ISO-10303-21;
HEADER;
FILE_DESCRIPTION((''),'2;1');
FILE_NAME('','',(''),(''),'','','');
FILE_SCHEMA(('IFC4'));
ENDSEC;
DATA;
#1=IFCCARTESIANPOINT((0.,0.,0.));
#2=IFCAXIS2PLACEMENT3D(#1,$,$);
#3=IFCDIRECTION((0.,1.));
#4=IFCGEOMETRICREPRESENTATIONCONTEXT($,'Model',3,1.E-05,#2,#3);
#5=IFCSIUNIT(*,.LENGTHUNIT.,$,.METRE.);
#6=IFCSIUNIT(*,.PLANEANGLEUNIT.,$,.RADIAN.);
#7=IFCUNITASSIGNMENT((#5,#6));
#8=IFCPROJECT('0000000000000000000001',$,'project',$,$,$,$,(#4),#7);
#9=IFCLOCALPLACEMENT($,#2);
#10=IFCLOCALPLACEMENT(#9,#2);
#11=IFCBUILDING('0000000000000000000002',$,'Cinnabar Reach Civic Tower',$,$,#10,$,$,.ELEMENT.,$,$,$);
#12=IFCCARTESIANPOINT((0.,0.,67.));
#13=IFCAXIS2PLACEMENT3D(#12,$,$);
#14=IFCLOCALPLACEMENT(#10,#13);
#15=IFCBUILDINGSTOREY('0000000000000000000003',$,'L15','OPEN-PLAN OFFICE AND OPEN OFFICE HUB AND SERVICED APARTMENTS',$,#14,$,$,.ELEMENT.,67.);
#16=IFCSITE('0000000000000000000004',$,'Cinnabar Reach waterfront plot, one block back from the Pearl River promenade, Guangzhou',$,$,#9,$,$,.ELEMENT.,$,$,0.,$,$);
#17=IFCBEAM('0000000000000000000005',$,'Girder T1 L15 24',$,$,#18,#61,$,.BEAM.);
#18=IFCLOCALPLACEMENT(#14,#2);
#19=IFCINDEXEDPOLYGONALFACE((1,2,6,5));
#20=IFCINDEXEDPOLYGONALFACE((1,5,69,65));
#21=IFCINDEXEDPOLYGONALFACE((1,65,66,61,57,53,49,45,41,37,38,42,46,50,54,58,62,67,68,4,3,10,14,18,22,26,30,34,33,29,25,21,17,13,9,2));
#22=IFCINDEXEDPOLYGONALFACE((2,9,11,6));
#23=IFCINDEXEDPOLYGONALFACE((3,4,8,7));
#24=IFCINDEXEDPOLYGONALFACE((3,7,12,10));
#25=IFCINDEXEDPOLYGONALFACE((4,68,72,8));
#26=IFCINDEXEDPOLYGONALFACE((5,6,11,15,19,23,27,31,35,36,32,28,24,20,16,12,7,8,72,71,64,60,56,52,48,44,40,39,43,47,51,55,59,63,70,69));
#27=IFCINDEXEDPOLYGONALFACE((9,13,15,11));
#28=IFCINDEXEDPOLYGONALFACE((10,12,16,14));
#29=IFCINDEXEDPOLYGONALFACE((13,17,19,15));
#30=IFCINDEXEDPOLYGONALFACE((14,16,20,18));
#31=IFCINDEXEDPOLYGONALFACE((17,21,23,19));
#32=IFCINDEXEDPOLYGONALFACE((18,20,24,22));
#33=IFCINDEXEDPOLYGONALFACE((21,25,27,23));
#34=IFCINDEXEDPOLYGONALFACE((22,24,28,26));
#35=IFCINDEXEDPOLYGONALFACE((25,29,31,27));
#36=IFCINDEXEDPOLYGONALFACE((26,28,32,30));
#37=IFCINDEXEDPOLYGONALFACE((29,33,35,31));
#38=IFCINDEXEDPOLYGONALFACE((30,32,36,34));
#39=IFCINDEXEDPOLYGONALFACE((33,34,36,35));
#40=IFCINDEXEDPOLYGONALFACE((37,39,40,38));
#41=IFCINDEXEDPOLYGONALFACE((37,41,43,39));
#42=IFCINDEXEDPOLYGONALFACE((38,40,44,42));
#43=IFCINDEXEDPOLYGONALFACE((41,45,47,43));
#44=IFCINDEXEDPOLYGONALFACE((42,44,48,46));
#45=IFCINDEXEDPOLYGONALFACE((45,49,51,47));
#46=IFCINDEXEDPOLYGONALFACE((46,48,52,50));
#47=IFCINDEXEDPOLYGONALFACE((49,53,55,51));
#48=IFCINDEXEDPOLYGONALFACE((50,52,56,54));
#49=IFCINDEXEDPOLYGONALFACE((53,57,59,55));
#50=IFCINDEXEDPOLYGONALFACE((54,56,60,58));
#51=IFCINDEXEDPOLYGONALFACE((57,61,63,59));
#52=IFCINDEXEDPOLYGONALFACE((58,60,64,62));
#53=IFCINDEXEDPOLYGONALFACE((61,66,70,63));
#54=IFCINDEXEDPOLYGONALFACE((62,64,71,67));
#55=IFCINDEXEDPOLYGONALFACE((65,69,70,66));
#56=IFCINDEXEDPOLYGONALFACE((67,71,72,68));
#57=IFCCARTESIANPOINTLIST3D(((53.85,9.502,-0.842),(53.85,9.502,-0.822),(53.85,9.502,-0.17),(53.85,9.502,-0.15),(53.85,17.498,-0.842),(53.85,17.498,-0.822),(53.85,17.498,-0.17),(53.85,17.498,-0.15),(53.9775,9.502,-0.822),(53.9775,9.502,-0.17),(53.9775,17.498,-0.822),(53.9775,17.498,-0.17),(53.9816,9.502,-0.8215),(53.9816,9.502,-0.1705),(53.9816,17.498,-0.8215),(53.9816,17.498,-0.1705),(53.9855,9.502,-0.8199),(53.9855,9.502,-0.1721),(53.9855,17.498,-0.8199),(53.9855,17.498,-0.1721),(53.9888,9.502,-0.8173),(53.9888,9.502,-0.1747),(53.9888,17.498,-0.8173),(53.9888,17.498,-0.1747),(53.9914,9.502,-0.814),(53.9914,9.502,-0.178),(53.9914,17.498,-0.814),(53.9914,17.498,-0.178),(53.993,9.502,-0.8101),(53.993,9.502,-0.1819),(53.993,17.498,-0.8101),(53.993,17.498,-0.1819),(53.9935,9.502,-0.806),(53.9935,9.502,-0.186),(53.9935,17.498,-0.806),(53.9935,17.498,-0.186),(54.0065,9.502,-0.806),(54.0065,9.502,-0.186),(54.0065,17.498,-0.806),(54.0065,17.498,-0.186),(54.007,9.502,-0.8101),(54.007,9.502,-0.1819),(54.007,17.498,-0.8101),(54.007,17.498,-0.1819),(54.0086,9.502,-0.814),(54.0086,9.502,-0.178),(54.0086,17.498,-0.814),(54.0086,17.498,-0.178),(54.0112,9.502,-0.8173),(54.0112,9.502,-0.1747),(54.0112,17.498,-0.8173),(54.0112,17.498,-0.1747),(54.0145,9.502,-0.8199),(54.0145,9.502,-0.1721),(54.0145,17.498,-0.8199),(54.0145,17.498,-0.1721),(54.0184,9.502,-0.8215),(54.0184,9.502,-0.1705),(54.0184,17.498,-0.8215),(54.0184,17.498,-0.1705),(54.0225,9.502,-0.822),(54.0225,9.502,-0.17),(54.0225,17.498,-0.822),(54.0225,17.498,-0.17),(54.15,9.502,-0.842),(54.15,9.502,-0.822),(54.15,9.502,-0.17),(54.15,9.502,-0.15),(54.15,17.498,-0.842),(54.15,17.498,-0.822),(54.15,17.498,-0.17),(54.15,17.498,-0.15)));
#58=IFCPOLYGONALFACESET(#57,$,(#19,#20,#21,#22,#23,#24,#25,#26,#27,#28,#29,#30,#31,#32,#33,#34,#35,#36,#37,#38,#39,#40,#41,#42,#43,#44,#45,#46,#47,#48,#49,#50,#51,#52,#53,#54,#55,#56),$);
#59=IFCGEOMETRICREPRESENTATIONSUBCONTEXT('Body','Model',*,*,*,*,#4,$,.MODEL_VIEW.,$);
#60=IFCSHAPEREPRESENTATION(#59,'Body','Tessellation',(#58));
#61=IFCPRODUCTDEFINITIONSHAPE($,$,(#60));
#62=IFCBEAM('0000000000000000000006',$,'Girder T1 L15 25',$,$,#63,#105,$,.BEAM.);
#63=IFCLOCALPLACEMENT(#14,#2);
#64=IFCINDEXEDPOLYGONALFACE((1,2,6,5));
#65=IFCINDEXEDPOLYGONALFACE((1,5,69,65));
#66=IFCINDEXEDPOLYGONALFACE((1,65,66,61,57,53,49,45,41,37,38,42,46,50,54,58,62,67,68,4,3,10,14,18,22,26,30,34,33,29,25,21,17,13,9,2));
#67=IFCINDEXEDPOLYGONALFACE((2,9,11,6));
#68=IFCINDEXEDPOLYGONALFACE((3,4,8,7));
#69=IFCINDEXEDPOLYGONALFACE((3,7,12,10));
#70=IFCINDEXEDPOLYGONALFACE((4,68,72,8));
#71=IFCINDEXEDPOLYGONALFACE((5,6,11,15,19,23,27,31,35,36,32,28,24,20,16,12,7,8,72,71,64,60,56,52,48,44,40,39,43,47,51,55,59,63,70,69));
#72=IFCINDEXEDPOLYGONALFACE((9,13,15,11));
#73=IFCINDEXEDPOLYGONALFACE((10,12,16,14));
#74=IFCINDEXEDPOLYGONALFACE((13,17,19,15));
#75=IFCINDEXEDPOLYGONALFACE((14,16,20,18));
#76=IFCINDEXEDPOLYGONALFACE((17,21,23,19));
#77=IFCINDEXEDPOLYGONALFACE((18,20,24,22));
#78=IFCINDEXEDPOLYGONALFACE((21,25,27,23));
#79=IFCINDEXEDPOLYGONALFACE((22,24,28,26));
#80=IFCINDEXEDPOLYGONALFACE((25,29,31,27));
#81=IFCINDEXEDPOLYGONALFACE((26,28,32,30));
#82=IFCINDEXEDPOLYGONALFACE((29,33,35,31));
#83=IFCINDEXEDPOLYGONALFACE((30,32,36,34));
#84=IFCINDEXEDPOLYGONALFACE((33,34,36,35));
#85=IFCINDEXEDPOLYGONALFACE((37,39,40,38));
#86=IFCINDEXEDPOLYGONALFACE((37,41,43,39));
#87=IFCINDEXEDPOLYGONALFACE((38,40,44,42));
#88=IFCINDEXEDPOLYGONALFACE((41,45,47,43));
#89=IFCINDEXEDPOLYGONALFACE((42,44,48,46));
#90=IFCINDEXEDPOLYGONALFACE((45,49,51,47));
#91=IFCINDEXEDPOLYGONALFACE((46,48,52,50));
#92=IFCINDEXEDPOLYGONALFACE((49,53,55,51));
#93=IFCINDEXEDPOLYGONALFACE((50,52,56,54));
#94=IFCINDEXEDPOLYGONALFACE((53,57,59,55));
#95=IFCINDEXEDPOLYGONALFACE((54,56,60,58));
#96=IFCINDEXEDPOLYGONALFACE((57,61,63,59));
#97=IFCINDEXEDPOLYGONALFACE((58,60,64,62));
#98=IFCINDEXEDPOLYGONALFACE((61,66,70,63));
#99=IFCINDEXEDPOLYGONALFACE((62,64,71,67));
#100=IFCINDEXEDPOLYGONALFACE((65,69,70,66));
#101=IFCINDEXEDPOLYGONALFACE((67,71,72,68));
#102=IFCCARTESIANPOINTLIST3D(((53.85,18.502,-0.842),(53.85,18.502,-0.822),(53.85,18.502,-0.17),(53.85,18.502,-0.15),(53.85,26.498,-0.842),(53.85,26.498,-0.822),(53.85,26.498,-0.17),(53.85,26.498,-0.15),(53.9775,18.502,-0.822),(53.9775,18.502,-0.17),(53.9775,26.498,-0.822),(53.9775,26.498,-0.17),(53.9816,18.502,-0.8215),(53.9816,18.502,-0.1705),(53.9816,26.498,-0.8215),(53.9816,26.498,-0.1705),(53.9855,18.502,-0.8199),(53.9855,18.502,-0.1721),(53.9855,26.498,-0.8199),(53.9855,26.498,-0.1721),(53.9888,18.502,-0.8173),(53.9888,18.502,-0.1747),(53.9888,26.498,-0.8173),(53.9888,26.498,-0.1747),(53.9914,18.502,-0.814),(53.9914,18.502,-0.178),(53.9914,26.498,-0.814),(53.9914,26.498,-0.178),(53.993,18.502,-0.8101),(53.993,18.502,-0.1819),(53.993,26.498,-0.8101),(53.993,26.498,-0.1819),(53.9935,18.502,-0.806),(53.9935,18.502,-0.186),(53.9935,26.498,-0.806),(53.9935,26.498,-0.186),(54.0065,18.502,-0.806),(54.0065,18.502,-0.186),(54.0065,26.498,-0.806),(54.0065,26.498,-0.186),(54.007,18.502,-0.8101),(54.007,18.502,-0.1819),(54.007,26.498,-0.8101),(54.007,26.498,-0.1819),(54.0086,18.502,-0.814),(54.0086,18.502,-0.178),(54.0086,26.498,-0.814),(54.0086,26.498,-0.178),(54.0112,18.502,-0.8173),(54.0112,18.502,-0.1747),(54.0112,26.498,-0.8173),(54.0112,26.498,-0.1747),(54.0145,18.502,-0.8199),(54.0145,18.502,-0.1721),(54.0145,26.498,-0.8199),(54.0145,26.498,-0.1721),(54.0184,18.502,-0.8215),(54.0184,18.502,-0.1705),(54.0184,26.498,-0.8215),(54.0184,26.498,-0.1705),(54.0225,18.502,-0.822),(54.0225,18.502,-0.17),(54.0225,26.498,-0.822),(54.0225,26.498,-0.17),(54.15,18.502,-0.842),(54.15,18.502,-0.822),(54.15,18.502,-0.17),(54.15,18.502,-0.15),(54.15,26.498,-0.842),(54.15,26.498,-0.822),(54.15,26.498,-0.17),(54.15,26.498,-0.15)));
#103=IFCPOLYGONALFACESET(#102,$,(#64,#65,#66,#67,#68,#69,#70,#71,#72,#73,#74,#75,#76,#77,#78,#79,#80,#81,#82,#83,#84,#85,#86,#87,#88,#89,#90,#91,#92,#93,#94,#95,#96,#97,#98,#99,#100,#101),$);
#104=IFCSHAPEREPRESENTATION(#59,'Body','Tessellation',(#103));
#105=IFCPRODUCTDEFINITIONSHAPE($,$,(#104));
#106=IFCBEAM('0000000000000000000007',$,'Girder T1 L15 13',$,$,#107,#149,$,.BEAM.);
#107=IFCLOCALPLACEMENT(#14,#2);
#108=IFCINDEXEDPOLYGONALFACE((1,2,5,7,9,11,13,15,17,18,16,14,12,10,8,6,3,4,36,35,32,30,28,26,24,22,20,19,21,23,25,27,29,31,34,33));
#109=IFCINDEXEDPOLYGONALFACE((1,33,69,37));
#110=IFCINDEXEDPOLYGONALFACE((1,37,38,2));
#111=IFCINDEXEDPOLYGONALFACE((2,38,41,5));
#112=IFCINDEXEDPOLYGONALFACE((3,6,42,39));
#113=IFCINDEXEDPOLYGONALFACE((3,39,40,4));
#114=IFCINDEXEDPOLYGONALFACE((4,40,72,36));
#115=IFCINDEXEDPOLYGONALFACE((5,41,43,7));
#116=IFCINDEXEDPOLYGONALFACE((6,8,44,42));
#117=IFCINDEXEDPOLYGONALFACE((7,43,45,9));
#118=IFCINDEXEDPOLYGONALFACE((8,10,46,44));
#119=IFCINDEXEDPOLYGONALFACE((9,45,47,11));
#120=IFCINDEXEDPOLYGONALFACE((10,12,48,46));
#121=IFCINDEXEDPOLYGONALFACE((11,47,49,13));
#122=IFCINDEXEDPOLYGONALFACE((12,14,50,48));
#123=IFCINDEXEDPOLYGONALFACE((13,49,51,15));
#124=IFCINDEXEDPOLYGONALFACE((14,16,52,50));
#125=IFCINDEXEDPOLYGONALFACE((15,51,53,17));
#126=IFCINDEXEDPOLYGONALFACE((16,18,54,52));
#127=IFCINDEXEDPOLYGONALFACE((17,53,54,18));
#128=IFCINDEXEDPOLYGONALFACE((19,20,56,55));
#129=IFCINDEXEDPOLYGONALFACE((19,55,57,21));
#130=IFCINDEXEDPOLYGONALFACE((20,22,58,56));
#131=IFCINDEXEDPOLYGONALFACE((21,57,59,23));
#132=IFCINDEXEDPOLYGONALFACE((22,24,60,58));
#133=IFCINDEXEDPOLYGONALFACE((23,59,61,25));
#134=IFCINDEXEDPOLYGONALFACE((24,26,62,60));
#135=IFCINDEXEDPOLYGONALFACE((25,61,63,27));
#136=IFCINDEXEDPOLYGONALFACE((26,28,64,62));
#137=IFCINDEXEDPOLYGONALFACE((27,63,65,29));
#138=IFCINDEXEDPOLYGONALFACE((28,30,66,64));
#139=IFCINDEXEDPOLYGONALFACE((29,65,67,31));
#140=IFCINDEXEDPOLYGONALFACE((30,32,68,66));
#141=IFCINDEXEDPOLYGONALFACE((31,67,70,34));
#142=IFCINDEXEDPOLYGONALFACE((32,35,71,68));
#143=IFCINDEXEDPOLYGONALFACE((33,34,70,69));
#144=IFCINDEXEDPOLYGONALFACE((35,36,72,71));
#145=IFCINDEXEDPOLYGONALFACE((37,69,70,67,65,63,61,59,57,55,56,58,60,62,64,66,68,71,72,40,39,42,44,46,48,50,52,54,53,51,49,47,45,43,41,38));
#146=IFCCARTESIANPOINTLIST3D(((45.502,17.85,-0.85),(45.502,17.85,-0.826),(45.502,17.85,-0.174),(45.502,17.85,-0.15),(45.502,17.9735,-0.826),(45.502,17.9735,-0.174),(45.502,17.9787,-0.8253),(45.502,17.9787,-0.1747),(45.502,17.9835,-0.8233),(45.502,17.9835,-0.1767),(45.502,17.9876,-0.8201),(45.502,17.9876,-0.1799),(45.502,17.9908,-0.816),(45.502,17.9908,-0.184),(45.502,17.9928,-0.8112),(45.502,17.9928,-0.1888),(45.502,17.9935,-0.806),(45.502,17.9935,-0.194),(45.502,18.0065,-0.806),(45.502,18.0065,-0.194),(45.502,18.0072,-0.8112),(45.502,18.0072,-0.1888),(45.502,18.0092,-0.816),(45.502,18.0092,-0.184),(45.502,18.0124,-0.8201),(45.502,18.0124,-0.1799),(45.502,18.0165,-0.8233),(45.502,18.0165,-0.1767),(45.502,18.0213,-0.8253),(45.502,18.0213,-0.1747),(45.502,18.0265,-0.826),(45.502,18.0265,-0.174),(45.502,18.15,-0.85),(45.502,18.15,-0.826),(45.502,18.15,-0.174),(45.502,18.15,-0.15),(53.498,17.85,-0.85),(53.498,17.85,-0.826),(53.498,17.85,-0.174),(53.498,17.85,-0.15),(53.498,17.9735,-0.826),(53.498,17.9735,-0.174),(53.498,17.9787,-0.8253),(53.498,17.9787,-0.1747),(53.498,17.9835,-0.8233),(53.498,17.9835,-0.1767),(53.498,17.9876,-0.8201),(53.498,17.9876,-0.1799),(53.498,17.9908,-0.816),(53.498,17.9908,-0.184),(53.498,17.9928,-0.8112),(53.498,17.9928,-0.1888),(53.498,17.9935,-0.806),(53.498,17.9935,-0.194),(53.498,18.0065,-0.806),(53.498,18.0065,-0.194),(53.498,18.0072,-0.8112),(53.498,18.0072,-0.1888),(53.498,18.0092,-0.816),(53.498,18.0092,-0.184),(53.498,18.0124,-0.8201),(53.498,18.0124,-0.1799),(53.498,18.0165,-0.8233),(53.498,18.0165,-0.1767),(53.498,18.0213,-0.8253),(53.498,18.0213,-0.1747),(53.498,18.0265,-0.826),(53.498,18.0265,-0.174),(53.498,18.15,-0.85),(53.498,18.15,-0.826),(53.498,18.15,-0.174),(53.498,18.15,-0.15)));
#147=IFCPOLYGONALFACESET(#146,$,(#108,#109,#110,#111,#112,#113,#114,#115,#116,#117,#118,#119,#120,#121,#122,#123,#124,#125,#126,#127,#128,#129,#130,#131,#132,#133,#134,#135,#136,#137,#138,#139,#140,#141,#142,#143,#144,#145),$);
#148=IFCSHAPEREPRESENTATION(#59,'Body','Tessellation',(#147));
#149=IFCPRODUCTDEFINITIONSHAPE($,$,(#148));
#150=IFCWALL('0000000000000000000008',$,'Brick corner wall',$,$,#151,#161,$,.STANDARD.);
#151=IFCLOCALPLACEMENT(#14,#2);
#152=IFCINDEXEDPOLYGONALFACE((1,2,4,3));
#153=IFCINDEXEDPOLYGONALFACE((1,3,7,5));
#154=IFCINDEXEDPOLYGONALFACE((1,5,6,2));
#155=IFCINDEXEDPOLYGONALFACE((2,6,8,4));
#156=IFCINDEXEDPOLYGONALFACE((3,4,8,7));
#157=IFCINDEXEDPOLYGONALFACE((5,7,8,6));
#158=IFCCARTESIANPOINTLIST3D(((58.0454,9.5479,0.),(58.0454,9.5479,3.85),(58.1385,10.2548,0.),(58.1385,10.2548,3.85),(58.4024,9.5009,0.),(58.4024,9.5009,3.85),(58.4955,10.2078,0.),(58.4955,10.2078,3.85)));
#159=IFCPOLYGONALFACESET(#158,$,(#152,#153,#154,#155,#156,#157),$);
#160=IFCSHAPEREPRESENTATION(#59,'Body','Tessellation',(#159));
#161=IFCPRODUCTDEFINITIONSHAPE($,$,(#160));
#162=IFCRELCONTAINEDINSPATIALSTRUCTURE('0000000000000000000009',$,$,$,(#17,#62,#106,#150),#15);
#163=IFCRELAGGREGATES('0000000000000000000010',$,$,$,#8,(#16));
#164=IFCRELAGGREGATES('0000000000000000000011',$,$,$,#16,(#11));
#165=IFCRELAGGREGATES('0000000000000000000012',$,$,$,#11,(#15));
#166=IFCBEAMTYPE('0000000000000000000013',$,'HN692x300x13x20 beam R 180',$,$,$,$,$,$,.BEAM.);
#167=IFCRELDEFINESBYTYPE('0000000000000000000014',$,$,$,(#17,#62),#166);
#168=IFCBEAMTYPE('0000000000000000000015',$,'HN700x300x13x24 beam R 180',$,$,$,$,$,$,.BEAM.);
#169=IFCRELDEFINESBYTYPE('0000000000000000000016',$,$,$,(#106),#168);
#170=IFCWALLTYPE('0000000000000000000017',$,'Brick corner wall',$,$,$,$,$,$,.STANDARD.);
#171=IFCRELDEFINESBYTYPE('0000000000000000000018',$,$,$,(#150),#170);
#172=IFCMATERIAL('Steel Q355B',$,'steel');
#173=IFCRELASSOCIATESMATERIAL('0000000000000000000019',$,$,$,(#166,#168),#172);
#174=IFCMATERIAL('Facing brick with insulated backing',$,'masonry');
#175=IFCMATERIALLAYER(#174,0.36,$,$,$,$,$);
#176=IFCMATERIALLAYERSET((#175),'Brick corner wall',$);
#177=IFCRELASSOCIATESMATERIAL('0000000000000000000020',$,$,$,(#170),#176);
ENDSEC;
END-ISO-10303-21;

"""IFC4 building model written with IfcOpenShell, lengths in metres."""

from ifc_helpers import new_model, si_unit, direction, frame, frame_2d, origin, origin_2d, place, context, subcontext, project, spatial, rectangle, i_section, extrude, material, layer, layer_set, material_profile, profile_set, type_object, element, save


model = new_model("IFC4")

# Units and contexts
model_context = context("Model", 3, precision=1e-05, world=origin(), true_north=direction((0.0, 1.0)))
body_context = subcontext(model_context, "Body", "Model", "MODEL_VIEW")
ifc_project = project(units=[si_unit("LENGTHUNIT", "METRE"), si_unit("PLANEANGLEUNIT", "RADIAN")], contexts=[model_context])

# Site, building, storey
site_placement = place(None, origin())
site = spatial("IfcSite", under=ifc_project, at=site_placement, Name="Cinnabar Reach waterfront plot, one block back from the Pearl River promenade, Guangzhou", CompositionType="ELEMENT", RefElevation=0.0)
building_placement = place(site_placement, origin())
building = spatial("IfcBuilding", under=site, at=building_placement, Name="Cinnabar Reach Civic Tower", CompositionType="ELEMENT")
storey_placement = place(building_placement, frame((0.0, 0.0, 67.0)))
storey = spatial("IfcBuildingStorey", under=building, at=storey_placement, Name="L15", Description="OPEN-PLAN OFFICE AND OPEN OFFICE HUB AND SERVICED APARTMENTS", CompositionType="ELEMENT", Elevation=67.0)

# Beams
ifc_material_1 = material(Name="Steel Q355B", Category="steel")
ifc_material_profile_1 = material_profile(ifc_material_1, i_section(OverallWidth=0.3, OverallDepth=0.692, WebThickness=0.013, FlangeThickness=0.02, FilletRadius=0.016, at=origin_2d()), Name="HN692x300x13x20")
ifc_profile_set_1 = profile_set([ifc_material_profile_1], Name="Steel Q355B")
beam_type_1 = type_object("IfcBeamType", Name="HN692x300x13x20 beam R 180", PredefinedType="BEAM", material=ifc_profile_set_1)
for number, where, z_axis, x_axis, name in (
    (1, (54.0, 9.502, -0.496), (0.0, 1.0, 0.0), (-1.0, 0.0, 0.0), "Girder T1 L15 24"),
    (2, (54.0, 18.502, -0.496), (0.0, 1.0, 0.0), (-1.0, 0.0, 0.0), "Girder T1 L15 25"),
):
    element("IfcBeam", number, at=place(storey_placement, frame(where, z_axis=z_axis, x_axis=x_axis)), inside=storey, type_object=beam_type_1, Name=name, PredefinedType="BEAM", context=body_context, shape_type="SweptSolid", body=[
        extrude(i_section(OverallWidth=0.3, OverallDepth=0.692, WebThickness=0.013, FlangeThickness=0.02, FilletRadius=0.016, at=origin_2d()), origin(), (0.0, 0.0, 1.0), 7.996),
    ])
ifc_material_profile_2 = material_profile(ifc_material_1, i_section(OverallWidth=0.3, OverallDepth=0.7, WebThickness=0.013, FlangeThickness=0.024, FilletRadius=0.02, at=origin_2d()), Name="HN700x300x13x24")
ifc_profile_set_2 = profile_set([ifc_material_profile_2], Name="Steel Q355B")
beam_type_2 = type_object("IfcBeamType", Name="HN700x300x13x24 beam R 180", PredefinedType="BEAM", material=ifc_profile_set_2)
beam_1_placement = place(storey_placement, frame((45.502, 18.0, -0.5), z_axis=(1.0, 0.0, 0.0), x_axis=(0.0, 1.0, 0.0)))
element("IfcBeam", 3, at=beam_1_placement, inside=storey, type_object=beam_type_2, Name="Girder T1 L15 13", PredefinedType="BEAM", context=body_context, shape_type="SweptSolid", body=[
    extrude(i_section(OverallWidth=0.3, OverallDepth=0.7, WebThickness=0.013, FlangeThickness=0.024, FilletRadius=0.02, at=origin_2d()), origin(), (0.0, 0.0, 1.0), 7.996),
])

# Wall
ifc_material_2 = material(Name="Facing brick with insulated backing", Category="masonry")
ifc_layer_1 = layer(ifc_material_2, 0.36)
ifc_layer_set_1 = layer_set([ifc_layer_1], Name="Brick corner wall")
wall_type_1 = type_object("IfcWallType", Name="Brick corner wall", PredefinedType="STANDARD", material=ifc_layer_set_1)
wall_1_placement = place(storey_placement, frame((58.2239, 9.5244, 0.0), z_axis=(0.0, 0.0, 1.0), x_axis=(0.130556, 0.991441, 0.0)))
element("IfcWall", 4, at=wall_1_placement, inside=storey, type_object=wall_type_1, Name="Brick corner wall", PredefinedType="STANDARD", context=body_context, shape_type="SweptSolid", body=[
    extrude(rectangle(XDim=0.7131, YDim=0.36, at=frame_2d((0.3565, 0.0))), origin(), (0.0, 0.0, 1.0), 3.85),
])

save(model, "model.ifc")
